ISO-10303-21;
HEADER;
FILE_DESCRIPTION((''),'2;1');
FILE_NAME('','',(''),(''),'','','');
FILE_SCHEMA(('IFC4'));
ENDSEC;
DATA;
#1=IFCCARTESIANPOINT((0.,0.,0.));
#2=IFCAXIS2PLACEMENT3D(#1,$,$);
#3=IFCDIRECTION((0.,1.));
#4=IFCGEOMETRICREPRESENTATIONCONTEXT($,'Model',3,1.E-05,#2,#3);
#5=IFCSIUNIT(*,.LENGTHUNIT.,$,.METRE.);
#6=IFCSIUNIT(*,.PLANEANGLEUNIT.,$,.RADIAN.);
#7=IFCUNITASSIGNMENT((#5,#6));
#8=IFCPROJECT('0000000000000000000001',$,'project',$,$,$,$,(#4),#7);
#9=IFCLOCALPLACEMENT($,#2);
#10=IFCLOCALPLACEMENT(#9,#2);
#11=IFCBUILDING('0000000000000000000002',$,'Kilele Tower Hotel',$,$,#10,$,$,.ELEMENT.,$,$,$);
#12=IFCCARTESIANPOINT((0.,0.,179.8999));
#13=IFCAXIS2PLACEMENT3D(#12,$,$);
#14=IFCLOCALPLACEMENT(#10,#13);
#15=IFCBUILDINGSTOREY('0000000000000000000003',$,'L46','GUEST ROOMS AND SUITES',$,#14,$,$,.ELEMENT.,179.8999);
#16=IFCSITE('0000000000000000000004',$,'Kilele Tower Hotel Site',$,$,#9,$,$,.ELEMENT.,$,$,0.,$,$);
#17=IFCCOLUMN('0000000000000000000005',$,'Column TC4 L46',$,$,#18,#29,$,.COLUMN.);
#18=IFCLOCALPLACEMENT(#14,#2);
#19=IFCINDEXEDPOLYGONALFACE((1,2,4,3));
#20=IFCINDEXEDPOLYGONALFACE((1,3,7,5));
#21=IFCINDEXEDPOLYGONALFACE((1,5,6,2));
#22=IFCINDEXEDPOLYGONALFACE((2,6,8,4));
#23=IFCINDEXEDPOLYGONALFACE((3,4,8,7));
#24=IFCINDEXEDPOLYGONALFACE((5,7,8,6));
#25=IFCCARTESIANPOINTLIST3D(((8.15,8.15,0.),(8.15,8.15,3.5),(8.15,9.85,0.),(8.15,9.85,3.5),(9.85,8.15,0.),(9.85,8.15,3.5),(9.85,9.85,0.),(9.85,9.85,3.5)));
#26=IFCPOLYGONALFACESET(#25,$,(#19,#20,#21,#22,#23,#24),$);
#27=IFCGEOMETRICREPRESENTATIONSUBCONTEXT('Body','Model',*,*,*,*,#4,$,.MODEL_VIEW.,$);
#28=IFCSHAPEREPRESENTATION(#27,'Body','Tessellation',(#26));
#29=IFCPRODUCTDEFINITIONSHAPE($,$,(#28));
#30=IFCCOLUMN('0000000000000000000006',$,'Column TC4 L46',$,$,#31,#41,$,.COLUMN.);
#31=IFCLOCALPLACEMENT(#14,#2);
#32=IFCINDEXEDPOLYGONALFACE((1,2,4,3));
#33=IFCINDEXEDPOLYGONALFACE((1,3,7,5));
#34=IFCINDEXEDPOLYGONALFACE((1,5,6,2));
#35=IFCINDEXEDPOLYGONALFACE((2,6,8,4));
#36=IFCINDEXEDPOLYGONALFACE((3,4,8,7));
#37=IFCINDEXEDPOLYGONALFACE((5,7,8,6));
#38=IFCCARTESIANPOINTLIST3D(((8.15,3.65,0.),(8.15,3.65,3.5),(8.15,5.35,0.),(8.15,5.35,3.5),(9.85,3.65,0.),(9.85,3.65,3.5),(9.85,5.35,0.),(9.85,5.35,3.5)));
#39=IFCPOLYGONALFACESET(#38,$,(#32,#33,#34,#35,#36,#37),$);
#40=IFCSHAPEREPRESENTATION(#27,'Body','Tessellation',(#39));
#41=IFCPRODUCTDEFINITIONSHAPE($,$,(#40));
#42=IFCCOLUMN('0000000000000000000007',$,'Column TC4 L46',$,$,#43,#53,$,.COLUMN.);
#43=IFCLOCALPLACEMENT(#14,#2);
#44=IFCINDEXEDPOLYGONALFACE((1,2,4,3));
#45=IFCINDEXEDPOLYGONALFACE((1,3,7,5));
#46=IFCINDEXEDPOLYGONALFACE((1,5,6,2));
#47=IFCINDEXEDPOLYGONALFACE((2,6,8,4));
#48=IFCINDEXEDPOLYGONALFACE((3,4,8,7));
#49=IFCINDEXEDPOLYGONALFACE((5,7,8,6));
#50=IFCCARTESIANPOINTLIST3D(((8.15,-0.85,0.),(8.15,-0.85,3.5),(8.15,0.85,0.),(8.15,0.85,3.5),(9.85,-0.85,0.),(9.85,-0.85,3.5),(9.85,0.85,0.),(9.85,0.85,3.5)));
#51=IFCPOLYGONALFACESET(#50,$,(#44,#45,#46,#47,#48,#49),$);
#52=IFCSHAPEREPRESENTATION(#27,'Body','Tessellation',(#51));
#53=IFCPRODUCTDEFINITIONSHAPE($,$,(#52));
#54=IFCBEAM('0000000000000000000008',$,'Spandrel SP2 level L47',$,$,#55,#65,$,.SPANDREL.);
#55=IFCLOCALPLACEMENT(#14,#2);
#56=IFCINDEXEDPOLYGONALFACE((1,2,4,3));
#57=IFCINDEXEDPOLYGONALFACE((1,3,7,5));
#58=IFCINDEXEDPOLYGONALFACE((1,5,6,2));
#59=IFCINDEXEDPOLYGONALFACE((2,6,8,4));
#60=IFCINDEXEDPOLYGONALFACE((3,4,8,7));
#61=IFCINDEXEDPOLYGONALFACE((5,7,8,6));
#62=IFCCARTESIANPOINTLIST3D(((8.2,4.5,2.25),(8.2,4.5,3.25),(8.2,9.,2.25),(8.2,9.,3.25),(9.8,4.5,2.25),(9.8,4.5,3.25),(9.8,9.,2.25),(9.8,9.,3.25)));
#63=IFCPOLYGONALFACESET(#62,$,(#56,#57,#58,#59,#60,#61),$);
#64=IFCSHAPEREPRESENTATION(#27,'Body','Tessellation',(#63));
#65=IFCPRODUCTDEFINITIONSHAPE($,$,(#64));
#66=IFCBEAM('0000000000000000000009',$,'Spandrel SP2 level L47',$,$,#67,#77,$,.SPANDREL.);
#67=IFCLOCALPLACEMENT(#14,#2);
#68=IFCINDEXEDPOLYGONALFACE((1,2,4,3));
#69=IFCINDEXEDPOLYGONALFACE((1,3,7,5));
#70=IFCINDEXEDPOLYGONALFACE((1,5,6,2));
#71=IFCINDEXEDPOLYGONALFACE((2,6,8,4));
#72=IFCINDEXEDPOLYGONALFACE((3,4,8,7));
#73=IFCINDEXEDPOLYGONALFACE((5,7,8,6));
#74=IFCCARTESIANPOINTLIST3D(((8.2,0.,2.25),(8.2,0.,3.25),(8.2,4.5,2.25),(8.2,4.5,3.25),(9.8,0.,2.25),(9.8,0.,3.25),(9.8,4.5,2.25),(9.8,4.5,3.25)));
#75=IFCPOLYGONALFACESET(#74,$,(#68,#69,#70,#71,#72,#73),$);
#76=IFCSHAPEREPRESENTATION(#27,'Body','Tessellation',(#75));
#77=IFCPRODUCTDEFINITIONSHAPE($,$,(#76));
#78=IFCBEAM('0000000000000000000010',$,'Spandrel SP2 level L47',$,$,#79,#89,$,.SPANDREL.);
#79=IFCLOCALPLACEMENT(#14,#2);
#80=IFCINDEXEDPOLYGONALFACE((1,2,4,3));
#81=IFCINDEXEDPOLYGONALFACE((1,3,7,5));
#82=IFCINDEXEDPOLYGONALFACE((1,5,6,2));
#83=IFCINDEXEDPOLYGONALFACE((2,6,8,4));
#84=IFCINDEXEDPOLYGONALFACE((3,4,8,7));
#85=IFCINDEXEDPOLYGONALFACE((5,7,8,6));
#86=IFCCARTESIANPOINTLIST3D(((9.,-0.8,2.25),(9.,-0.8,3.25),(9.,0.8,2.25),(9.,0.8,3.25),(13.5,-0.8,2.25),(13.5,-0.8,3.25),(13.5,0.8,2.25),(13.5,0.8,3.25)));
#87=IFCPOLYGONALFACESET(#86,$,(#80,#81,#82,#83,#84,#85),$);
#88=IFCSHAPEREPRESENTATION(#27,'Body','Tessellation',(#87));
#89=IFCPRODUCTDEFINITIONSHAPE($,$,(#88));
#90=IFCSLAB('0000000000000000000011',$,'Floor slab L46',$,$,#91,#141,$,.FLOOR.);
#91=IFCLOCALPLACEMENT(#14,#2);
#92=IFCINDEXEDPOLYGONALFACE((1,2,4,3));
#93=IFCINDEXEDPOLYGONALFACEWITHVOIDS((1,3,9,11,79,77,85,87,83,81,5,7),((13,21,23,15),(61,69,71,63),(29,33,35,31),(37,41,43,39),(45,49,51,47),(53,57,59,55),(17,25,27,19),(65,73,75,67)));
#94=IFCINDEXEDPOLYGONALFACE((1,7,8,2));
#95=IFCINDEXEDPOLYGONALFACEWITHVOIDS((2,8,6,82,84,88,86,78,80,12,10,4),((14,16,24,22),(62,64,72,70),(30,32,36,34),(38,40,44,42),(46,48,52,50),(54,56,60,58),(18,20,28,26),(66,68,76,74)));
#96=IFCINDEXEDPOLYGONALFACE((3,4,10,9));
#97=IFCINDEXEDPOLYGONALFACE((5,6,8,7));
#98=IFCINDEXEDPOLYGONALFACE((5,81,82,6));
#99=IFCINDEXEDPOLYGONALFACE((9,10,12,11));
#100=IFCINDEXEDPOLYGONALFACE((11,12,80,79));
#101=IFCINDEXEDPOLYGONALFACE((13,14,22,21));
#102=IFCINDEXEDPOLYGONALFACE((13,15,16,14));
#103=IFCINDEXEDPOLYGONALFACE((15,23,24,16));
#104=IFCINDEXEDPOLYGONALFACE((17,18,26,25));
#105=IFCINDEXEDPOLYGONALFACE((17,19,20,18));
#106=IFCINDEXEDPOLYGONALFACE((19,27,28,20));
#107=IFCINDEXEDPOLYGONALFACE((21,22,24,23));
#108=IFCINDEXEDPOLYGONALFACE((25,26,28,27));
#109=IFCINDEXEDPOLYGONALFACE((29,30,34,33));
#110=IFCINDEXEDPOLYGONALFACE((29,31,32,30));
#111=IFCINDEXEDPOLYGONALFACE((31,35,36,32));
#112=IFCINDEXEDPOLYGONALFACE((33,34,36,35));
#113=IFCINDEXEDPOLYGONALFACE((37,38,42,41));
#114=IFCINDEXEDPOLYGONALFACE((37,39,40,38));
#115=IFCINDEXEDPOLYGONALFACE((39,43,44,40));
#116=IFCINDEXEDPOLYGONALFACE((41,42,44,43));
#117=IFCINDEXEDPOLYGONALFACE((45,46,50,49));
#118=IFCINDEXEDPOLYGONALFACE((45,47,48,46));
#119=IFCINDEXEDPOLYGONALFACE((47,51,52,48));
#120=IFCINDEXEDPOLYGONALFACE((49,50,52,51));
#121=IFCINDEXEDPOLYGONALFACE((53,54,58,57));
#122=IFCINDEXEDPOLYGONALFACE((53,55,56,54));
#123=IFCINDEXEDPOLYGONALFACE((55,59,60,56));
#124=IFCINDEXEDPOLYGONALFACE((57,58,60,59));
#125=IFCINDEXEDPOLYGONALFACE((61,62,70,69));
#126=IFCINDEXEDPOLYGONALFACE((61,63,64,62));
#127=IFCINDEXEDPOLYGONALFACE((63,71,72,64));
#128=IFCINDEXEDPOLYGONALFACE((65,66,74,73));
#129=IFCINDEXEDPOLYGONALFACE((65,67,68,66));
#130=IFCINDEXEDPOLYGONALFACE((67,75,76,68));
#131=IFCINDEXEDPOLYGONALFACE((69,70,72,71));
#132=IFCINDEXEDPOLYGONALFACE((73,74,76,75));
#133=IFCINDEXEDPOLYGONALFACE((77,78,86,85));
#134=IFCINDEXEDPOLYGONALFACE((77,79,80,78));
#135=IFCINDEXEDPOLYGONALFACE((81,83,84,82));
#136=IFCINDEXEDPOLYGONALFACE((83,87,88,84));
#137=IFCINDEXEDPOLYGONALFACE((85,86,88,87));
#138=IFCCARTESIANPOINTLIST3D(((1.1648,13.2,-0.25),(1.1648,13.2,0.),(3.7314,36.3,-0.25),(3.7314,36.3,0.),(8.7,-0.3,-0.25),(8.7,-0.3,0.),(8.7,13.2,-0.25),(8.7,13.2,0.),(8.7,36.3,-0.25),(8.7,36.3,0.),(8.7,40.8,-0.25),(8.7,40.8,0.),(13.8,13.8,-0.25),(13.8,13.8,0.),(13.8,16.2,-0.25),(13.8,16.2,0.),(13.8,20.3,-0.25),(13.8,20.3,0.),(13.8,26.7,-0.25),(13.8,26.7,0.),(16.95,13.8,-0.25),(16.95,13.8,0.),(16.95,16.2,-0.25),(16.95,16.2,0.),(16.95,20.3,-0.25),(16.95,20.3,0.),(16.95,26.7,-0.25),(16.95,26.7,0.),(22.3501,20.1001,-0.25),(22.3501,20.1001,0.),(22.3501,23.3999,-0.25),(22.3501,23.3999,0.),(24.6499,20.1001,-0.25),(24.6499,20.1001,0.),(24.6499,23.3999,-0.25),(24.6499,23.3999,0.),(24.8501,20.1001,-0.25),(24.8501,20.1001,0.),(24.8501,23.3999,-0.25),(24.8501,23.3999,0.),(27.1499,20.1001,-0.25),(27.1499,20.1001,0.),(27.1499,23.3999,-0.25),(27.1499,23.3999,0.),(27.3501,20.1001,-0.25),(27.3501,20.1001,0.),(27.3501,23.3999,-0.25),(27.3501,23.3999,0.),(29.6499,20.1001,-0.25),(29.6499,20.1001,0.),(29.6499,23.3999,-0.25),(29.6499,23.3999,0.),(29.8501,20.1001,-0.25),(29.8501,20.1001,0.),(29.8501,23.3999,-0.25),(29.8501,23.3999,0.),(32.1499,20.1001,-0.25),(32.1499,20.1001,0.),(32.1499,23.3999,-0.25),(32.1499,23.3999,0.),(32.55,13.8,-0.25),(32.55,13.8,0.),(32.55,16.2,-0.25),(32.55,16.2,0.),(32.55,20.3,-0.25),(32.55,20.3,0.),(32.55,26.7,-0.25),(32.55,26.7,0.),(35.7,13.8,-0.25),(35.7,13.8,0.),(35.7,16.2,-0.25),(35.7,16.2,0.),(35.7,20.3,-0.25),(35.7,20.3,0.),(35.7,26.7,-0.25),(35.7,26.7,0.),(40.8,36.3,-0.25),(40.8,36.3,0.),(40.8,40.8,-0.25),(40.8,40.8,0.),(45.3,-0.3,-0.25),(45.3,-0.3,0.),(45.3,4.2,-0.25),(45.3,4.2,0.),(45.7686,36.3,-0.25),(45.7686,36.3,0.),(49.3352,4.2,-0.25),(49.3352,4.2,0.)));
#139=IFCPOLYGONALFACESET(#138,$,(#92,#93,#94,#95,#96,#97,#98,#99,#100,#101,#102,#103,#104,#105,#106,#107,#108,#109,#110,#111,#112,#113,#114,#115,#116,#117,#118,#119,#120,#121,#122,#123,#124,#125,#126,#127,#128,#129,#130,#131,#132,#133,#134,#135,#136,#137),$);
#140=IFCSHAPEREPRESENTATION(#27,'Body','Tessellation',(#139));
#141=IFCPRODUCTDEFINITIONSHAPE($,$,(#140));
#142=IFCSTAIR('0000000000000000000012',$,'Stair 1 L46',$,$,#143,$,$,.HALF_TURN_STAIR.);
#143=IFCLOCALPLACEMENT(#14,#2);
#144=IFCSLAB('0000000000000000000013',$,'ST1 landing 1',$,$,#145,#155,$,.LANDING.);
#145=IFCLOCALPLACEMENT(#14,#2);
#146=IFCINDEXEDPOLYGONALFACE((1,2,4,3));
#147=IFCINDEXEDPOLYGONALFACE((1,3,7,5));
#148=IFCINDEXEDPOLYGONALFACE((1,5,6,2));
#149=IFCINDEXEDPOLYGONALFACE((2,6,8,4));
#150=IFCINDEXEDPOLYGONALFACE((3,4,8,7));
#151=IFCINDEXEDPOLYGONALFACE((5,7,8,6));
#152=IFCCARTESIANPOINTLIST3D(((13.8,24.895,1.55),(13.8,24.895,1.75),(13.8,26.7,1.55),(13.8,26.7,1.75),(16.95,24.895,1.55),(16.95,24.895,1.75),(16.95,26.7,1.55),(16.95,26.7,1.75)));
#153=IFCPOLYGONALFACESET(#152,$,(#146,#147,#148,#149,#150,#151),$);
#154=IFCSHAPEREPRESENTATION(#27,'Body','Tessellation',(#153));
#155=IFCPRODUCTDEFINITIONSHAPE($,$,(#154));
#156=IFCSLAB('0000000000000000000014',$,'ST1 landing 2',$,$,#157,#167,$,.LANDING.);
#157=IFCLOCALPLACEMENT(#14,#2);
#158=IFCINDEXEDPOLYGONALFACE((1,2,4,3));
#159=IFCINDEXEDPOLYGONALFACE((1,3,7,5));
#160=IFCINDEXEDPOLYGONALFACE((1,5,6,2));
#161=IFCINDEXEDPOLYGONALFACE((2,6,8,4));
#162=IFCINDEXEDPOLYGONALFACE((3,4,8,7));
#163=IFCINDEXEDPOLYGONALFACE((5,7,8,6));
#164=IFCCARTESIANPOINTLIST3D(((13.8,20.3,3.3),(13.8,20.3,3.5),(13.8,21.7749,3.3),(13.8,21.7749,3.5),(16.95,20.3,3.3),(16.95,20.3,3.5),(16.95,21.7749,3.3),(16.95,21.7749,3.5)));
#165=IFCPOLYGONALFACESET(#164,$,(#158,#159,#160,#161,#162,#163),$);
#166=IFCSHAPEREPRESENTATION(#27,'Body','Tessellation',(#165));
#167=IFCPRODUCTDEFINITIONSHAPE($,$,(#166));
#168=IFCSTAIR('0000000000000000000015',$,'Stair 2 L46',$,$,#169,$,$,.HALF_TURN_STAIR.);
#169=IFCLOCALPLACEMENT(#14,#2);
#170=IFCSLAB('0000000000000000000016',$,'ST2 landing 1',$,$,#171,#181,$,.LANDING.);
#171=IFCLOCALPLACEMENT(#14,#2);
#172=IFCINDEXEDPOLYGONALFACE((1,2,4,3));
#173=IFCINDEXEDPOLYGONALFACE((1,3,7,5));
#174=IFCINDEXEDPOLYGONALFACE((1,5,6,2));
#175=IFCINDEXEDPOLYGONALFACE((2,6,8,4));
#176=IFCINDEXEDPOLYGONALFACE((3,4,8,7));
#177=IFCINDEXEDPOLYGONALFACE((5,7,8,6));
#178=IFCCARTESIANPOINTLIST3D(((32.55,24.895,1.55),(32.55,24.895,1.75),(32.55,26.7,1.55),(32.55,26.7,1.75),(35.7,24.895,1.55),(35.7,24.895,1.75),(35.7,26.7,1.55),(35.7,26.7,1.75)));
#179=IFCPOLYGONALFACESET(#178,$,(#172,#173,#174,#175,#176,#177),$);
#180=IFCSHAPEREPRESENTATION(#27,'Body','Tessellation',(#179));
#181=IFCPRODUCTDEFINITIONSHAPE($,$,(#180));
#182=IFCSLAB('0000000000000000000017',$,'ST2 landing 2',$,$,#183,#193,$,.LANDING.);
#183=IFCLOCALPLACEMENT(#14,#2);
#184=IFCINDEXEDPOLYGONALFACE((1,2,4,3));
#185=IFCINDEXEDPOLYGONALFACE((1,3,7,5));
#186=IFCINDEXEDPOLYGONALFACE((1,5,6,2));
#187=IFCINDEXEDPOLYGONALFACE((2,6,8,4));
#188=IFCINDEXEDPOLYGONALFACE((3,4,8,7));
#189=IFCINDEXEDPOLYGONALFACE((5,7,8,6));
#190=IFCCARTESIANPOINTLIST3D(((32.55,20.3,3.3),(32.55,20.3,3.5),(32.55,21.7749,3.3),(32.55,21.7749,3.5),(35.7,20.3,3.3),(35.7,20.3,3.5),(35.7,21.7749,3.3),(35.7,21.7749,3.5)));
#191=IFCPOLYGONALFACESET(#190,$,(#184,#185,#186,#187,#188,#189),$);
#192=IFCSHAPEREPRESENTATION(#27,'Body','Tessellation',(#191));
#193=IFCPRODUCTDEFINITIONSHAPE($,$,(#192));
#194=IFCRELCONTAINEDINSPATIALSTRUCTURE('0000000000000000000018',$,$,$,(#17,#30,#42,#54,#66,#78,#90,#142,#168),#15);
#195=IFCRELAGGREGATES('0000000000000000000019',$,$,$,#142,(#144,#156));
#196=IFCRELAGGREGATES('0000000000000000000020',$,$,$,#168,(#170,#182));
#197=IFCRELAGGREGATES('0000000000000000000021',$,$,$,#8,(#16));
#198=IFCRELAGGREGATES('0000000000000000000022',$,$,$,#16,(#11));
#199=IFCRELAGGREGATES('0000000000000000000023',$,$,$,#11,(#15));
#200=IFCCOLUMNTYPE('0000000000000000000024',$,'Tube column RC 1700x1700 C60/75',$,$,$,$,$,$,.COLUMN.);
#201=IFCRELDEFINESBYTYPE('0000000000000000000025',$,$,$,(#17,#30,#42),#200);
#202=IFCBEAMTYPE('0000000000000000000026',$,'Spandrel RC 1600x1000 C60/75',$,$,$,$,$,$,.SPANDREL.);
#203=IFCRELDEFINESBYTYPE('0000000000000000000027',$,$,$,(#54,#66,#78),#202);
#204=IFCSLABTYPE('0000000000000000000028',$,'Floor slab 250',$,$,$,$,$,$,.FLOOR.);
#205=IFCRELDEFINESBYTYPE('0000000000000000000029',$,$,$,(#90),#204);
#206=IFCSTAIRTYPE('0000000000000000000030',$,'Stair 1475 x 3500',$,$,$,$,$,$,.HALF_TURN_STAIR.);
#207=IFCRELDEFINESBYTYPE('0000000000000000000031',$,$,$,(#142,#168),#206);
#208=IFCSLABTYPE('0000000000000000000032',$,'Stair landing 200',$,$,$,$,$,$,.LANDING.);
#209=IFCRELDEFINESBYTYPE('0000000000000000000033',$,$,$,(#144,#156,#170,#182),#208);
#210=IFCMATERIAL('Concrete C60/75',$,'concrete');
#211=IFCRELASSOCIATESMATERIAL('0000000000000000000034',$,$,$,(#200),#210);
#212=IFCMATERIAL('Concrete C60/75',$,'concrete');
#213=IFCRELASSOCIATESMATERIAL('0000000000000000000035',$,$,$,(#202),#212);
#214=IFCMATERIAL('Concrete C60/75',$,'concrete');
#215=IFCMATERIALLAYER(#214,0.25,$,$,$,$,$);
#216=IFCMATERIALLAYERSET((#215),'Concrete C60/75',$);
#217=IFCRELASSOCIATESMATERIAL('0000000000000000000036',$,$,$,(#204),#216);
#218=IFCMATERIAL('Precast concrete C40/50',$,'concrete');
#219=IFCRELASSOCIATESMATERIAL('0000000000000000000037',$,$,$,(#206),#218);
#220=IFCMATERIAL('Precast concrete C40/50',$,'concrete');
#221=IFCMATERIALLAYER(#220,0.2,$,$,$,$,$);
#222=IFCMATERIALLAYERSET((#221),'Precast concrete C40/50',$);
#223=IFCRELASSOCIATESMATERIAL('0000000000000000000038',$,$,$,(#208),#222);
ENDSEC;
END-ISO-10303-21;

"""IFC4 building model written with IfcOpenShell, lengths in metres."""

from ifc_helpers import new_model, si_unit, direction, frame, origin, origin_2d, place, context, subcontext, project, spatial, polyline, rectangle, outline, extrude, material, layer, layer_set, material_profile, profile_set, type_object, element, aggregate, save


model = new_model("IFC4")

# Units and contexts
model_context = context("Model", 3, precision=1e-05, world=origin(), true_north=direction((0.0, 1.0)))
body_context = subcontext(model_context, "Body", "Model", "MODEL_VIEW")
ifc_project = project(units=[si_unit("LENGTHUNIT", "METRE"), si_unit("PLANEANGLEUNIT", "RADIAN")], contexts=[model_context])

# Site, building, storey
site_placement = place(None, origin())
site = spatial("IfcSite", under=ifc_project, at=site_placement, Name="Kilele Tower Hotel Site", CompositionType="ELEMENT", RefElevation=0.0)
building_placement = place(site_placement, origin())
building = spatial("IfcBuilding", under=site, at=building_placement, Name="Kilele Tower Hotel", CompositionType="ELEMENT")
storey_placement = place(building_placement, frame((0.0, 0.0, 179.8999)))
storey = spatial("IfcBuildingStorey", under=building, at=storey_placement, Name="L46", Description="GUEST ROOMS AND SUITES", CompositionType="ELEMENT", Elevation=179.8999)

# Columns
ifc_material_1 = material(Name="Concrete C60/75", Category="concrete")
ifc_material_profile_1 = material_profile(ifc_material_1, rectangle(XDim=1.7, YDim=1.7, at=origin_2d()))
ifc_profile_set_1 = profile_set([ifc_material_profile_1], Name="Concrete C60/75")
column_type = type_object("IfcColumnType", Name="Tube column RC 1700x1700 C60/75", PredefinedType="COLUMN", material=ifc_profile_set_1)
for number, where, z_axis, x_axis, name in (
    (1, (9.0, 9.0, 0.0), (0.0, 0.0, 1.0), (1.0, 0.0, 0.0), "Column TC4 L46"),
    (2, (9.0, 4.5, 0.0), (0.0, 0.0, 1.0), (1.0, 0.0, 0.0), "Column TC4 L46"),
    (3, (9.0, 0.0, 0.0), (0.0, 0.0, 1.0), (1.0, 0.0, 0.0), "Column TC4 L46"),
):
    element("IfcColumn", number, at=place(storey_placement, frame(where, z_axis=z_axis, x_axis=x_axis)), inside=storey, type_object=column_type, Name=name, PredefinedType="COLUMN", context=body_context, shape_type="SweptSolid", body=[
        extrude(rectangle(XDim=1.7, YDim=1.7, at=origin_2d()), origin(), (0.0, 0.0, 1.0), 3.5),
    ])

# Beams
ifc_material_2 = material(Name="Concrete C60/75", Category="concrete")
ifc_material_profile_2 = material_profile(ifc_material_2, rectangle(XDim=1.6001, YDim=1.0, at=origin_2d()))
ifc_profile_set_2 = profile_set([ifc_material_profile_2], Name="Concrete C60/75")
beam_type = type_object("IfcBeamType", Name="Spandrel RC 1600x1000 C60/75", PredefinedType="SPANDREL", material=ifc_profile_set_2)
for number, where, z_axis, x_axis, name in (
    (4, (9.0, 9.0, 2.75), (0.0, -1.0, 0.0), (1.0, 0.0, 0.0), "Spandrel SP2 level L47"),
    (5, (9.0, 4.5, 2.75), (0.0, -1.0, 0.0), (1.0, 0.0, 0.0), "Spandrel SP2 level L47"),
    (6, (9.0, 0.0, 2.75), (1.0, 0.0, 0.0), (0.0, 1.0, 0.0), "Spandrel SP2 level L47"),
):
    element("IfcBeam", number, at=place(storey_placement, frame(where, z_axis=z_axis, x_axis=x_axis)), inside=storey, type_object=beam_type, Name=name, PredefinedType="SPANDREL", context=body_context, shape_type="SweptSolid", body=[
        extrude(rectangle(XDim=1.6001, YDim=1.0, at=origin_2d()), origin(), (0.0, 0.0, 1.0), 4.5),
    ])

# Slab
ifc_material_3 = material(Name="Concrete C60/75", Category="concrete")
ifc_layer_1 = layer(ifc_material_3, 0.25)
ifc_layer_set_1 = layer_set([ifc_layer_1], Name="Concrete C60/75")
slab_type_1 = type_object("IfcSlabType", Name="Floor slab 250", PredefinedType="FLOOR", material=ifc_layer_set_1)
slab_1_placement = place(storey_placement, frame((0.0, 0.0, -0.25)))
element("IfcSlab", 7, at=slab_1_placement, inside=storey, type_object=slab_type_1, Name="Floor slab L46", PredefinedType="FLOOR", context=body_context, shape_type="SweptSolid", body=[
    extrude(outline(polyline([(8.7, 36.3), (8.7, 40.8), (40.8, 40.8), (40.8, 36.3), (45.7686, 36.3), (49.3352, 4.2), (45.3, 4.2), (45.3, -0.3), (8.7, -0.3), (8.7, 13.2), (1.1648, 13.2), (3.7314, 36.3), (8.7, 36.3)]), holes=[polyline([(16.95, 16.2), (13.8, 16.2), (13.8, 13.8), (16.95, 13.8), (16.95, 16.2)]), polyline([(35.7, 16.2), (32.55, 16.2), (32.55, 13.8), (35.7, 13.8), (35.7, 16.2)]), polyline([(24.6499, 23.3999), (22.3501, 23.3999), (22.3501, 20.1001), (24.6499, 20.1001), (24.6499, 23.3999)]), polyline([(27.1499, 23.3999), (24.8501, 23.3999), (24.8501, 20.1001), (27.1499, 20.1001), (27.1499, 23.3999)]), polyline([(29.6499, 23.3999), (27.3501, 23.3999), (27.3501, 20.1001), (29.6499, 20.1001), (29.6499, 23.3999)]), polyline([(32.1499, 23.3999), (29.8501, 23.3999), (29.8501, 20.1001), (32.1499, 20.1001), (32.1499, 23.3999)]), polyline([(16.95, 26.7), (13.8, 26.7), (13.8, 20.3), (16.95, 20.3), (16.95, 26.7)]), polyline([(35.7, 26.7), (32.55, 26.7), (32.55, 20.3), (35.7, 20.3), (35.7, 26.7)])]), origin(), (0.0, 0.0, 1.0), 0.25),
])

# Stairs, slabs
ifc_material_4 = material(Name="Precast concrete C40/50", Category="concrete")
stair_type = type_object("IfcStairType", Name="Stair 1475 x 3500", PredefinedType="HALF_TURN_STAIR", material=ifc_material_4)
stair_1_placement = place(storey_placement, origin())
stair_1 = element("IfcStair", 8, at=stair_1_placement, inside=storey, type_object=stair_type, Name="Stair 1 L46", PredefinedType="HALF_TURN_STAIR")
ifc_material_5 = material(Name="Precast concrete C40/50", Category="concrete")
ifc_layer_2 = layer(ifc_material_5, 0.2)
ifc_layer_set_2 = layer_set([ifc_layer_2], Name="Precast concrete C40/50")
slab_type_2 = type_object("IfcSlabType", Name="Stair landing 200", PredefinedType="LANDING", material=ifc_layer_set_2)
slab_2_placement = place(storey_placement, frame((0.0, 0.0, 1.55)))
slab_2 = element("IfcSlab", 9, at=slab_2_placement, type_object=slab_type_2, Name="ST1 landing 1", PredefinedType="LANDING", context=body_context, shape_type="SweptSolid", body=[
    extrude(outline(polyline([(13.8, 24.895), (16.95, 24.895), (16.95, 26.7), (13.8, 26.7), (13.8, 24.895)])), origin(), (0.0, 0.0, 1.0), 0.2),
])
slab_3_placement = place(storey_placement, frame((0.0, 0.0, 3.3)))
slab_3 = element("IfcSlab", 10, at=slab_3_placement, type_object=slab_type_2, Name="ST1 landing 2", PredefinedType="LANDING", context=body_context, shape_type="SweptSolid", body=[
    extrude(outline(polyline([(13.8, 20.3), (16.95, 20.3), (16.95, 21.7749), (13.8, 21.7749), (13.8, 20.3)])), origin(), (0.0, 0.0, 1.0), 0.2),
])
aggregate(stair_1, [slab_2, slab_3])
stair_2_placement = place(storey_placement, origin())
stair_2 = element("IfcStair", 11, at=stair_2_placement, inside=storey, type_object=stair_type, Name="Stair 2 L46", PredefinedType="HALF_TURN_STAIR")
slab_4_placement = place(storey_placement, frame((0.0, 0.0, 1.55)))
slab_4 = element("IfcSlab", 12, at=slab_4_placement, type_object=slab_type_2, Name="ST2 landing 1", PredefinedType="LANDING", context=body_context, shape_type="SweptSolid", body=[
    extrude(outline(polyline([(32.55, 24.895), (35.7, 24.895), (35.7, 26.7), (32.55, 26.7), (32.55, 24.895)])), origin(), (0.0, 0.0, 1.0), 0.2),
])
slab_5_placement = place(storey_placement, frame((0.0, 0.0, 3.3)))
slab_5 = element("IfcSlab", 13, at=slab_5_placement, type_object=slab_type_2, Name="ST2 landing 2", PredefinedType="LANDING", context=body_context, shape_type="SweptSolid", body=[
    extrude(outline(polyline([(32.55, 20.3), (35.7, 20.3), (35.7, 21.7749), (32.55, 21.7749), (32.55, 20.3)])), origin(), (0.0, 0.0, 1.0), 0.2),
])
aggregate(stair_2, [slab_4, slab_5])

save(model, "model.ifc")
